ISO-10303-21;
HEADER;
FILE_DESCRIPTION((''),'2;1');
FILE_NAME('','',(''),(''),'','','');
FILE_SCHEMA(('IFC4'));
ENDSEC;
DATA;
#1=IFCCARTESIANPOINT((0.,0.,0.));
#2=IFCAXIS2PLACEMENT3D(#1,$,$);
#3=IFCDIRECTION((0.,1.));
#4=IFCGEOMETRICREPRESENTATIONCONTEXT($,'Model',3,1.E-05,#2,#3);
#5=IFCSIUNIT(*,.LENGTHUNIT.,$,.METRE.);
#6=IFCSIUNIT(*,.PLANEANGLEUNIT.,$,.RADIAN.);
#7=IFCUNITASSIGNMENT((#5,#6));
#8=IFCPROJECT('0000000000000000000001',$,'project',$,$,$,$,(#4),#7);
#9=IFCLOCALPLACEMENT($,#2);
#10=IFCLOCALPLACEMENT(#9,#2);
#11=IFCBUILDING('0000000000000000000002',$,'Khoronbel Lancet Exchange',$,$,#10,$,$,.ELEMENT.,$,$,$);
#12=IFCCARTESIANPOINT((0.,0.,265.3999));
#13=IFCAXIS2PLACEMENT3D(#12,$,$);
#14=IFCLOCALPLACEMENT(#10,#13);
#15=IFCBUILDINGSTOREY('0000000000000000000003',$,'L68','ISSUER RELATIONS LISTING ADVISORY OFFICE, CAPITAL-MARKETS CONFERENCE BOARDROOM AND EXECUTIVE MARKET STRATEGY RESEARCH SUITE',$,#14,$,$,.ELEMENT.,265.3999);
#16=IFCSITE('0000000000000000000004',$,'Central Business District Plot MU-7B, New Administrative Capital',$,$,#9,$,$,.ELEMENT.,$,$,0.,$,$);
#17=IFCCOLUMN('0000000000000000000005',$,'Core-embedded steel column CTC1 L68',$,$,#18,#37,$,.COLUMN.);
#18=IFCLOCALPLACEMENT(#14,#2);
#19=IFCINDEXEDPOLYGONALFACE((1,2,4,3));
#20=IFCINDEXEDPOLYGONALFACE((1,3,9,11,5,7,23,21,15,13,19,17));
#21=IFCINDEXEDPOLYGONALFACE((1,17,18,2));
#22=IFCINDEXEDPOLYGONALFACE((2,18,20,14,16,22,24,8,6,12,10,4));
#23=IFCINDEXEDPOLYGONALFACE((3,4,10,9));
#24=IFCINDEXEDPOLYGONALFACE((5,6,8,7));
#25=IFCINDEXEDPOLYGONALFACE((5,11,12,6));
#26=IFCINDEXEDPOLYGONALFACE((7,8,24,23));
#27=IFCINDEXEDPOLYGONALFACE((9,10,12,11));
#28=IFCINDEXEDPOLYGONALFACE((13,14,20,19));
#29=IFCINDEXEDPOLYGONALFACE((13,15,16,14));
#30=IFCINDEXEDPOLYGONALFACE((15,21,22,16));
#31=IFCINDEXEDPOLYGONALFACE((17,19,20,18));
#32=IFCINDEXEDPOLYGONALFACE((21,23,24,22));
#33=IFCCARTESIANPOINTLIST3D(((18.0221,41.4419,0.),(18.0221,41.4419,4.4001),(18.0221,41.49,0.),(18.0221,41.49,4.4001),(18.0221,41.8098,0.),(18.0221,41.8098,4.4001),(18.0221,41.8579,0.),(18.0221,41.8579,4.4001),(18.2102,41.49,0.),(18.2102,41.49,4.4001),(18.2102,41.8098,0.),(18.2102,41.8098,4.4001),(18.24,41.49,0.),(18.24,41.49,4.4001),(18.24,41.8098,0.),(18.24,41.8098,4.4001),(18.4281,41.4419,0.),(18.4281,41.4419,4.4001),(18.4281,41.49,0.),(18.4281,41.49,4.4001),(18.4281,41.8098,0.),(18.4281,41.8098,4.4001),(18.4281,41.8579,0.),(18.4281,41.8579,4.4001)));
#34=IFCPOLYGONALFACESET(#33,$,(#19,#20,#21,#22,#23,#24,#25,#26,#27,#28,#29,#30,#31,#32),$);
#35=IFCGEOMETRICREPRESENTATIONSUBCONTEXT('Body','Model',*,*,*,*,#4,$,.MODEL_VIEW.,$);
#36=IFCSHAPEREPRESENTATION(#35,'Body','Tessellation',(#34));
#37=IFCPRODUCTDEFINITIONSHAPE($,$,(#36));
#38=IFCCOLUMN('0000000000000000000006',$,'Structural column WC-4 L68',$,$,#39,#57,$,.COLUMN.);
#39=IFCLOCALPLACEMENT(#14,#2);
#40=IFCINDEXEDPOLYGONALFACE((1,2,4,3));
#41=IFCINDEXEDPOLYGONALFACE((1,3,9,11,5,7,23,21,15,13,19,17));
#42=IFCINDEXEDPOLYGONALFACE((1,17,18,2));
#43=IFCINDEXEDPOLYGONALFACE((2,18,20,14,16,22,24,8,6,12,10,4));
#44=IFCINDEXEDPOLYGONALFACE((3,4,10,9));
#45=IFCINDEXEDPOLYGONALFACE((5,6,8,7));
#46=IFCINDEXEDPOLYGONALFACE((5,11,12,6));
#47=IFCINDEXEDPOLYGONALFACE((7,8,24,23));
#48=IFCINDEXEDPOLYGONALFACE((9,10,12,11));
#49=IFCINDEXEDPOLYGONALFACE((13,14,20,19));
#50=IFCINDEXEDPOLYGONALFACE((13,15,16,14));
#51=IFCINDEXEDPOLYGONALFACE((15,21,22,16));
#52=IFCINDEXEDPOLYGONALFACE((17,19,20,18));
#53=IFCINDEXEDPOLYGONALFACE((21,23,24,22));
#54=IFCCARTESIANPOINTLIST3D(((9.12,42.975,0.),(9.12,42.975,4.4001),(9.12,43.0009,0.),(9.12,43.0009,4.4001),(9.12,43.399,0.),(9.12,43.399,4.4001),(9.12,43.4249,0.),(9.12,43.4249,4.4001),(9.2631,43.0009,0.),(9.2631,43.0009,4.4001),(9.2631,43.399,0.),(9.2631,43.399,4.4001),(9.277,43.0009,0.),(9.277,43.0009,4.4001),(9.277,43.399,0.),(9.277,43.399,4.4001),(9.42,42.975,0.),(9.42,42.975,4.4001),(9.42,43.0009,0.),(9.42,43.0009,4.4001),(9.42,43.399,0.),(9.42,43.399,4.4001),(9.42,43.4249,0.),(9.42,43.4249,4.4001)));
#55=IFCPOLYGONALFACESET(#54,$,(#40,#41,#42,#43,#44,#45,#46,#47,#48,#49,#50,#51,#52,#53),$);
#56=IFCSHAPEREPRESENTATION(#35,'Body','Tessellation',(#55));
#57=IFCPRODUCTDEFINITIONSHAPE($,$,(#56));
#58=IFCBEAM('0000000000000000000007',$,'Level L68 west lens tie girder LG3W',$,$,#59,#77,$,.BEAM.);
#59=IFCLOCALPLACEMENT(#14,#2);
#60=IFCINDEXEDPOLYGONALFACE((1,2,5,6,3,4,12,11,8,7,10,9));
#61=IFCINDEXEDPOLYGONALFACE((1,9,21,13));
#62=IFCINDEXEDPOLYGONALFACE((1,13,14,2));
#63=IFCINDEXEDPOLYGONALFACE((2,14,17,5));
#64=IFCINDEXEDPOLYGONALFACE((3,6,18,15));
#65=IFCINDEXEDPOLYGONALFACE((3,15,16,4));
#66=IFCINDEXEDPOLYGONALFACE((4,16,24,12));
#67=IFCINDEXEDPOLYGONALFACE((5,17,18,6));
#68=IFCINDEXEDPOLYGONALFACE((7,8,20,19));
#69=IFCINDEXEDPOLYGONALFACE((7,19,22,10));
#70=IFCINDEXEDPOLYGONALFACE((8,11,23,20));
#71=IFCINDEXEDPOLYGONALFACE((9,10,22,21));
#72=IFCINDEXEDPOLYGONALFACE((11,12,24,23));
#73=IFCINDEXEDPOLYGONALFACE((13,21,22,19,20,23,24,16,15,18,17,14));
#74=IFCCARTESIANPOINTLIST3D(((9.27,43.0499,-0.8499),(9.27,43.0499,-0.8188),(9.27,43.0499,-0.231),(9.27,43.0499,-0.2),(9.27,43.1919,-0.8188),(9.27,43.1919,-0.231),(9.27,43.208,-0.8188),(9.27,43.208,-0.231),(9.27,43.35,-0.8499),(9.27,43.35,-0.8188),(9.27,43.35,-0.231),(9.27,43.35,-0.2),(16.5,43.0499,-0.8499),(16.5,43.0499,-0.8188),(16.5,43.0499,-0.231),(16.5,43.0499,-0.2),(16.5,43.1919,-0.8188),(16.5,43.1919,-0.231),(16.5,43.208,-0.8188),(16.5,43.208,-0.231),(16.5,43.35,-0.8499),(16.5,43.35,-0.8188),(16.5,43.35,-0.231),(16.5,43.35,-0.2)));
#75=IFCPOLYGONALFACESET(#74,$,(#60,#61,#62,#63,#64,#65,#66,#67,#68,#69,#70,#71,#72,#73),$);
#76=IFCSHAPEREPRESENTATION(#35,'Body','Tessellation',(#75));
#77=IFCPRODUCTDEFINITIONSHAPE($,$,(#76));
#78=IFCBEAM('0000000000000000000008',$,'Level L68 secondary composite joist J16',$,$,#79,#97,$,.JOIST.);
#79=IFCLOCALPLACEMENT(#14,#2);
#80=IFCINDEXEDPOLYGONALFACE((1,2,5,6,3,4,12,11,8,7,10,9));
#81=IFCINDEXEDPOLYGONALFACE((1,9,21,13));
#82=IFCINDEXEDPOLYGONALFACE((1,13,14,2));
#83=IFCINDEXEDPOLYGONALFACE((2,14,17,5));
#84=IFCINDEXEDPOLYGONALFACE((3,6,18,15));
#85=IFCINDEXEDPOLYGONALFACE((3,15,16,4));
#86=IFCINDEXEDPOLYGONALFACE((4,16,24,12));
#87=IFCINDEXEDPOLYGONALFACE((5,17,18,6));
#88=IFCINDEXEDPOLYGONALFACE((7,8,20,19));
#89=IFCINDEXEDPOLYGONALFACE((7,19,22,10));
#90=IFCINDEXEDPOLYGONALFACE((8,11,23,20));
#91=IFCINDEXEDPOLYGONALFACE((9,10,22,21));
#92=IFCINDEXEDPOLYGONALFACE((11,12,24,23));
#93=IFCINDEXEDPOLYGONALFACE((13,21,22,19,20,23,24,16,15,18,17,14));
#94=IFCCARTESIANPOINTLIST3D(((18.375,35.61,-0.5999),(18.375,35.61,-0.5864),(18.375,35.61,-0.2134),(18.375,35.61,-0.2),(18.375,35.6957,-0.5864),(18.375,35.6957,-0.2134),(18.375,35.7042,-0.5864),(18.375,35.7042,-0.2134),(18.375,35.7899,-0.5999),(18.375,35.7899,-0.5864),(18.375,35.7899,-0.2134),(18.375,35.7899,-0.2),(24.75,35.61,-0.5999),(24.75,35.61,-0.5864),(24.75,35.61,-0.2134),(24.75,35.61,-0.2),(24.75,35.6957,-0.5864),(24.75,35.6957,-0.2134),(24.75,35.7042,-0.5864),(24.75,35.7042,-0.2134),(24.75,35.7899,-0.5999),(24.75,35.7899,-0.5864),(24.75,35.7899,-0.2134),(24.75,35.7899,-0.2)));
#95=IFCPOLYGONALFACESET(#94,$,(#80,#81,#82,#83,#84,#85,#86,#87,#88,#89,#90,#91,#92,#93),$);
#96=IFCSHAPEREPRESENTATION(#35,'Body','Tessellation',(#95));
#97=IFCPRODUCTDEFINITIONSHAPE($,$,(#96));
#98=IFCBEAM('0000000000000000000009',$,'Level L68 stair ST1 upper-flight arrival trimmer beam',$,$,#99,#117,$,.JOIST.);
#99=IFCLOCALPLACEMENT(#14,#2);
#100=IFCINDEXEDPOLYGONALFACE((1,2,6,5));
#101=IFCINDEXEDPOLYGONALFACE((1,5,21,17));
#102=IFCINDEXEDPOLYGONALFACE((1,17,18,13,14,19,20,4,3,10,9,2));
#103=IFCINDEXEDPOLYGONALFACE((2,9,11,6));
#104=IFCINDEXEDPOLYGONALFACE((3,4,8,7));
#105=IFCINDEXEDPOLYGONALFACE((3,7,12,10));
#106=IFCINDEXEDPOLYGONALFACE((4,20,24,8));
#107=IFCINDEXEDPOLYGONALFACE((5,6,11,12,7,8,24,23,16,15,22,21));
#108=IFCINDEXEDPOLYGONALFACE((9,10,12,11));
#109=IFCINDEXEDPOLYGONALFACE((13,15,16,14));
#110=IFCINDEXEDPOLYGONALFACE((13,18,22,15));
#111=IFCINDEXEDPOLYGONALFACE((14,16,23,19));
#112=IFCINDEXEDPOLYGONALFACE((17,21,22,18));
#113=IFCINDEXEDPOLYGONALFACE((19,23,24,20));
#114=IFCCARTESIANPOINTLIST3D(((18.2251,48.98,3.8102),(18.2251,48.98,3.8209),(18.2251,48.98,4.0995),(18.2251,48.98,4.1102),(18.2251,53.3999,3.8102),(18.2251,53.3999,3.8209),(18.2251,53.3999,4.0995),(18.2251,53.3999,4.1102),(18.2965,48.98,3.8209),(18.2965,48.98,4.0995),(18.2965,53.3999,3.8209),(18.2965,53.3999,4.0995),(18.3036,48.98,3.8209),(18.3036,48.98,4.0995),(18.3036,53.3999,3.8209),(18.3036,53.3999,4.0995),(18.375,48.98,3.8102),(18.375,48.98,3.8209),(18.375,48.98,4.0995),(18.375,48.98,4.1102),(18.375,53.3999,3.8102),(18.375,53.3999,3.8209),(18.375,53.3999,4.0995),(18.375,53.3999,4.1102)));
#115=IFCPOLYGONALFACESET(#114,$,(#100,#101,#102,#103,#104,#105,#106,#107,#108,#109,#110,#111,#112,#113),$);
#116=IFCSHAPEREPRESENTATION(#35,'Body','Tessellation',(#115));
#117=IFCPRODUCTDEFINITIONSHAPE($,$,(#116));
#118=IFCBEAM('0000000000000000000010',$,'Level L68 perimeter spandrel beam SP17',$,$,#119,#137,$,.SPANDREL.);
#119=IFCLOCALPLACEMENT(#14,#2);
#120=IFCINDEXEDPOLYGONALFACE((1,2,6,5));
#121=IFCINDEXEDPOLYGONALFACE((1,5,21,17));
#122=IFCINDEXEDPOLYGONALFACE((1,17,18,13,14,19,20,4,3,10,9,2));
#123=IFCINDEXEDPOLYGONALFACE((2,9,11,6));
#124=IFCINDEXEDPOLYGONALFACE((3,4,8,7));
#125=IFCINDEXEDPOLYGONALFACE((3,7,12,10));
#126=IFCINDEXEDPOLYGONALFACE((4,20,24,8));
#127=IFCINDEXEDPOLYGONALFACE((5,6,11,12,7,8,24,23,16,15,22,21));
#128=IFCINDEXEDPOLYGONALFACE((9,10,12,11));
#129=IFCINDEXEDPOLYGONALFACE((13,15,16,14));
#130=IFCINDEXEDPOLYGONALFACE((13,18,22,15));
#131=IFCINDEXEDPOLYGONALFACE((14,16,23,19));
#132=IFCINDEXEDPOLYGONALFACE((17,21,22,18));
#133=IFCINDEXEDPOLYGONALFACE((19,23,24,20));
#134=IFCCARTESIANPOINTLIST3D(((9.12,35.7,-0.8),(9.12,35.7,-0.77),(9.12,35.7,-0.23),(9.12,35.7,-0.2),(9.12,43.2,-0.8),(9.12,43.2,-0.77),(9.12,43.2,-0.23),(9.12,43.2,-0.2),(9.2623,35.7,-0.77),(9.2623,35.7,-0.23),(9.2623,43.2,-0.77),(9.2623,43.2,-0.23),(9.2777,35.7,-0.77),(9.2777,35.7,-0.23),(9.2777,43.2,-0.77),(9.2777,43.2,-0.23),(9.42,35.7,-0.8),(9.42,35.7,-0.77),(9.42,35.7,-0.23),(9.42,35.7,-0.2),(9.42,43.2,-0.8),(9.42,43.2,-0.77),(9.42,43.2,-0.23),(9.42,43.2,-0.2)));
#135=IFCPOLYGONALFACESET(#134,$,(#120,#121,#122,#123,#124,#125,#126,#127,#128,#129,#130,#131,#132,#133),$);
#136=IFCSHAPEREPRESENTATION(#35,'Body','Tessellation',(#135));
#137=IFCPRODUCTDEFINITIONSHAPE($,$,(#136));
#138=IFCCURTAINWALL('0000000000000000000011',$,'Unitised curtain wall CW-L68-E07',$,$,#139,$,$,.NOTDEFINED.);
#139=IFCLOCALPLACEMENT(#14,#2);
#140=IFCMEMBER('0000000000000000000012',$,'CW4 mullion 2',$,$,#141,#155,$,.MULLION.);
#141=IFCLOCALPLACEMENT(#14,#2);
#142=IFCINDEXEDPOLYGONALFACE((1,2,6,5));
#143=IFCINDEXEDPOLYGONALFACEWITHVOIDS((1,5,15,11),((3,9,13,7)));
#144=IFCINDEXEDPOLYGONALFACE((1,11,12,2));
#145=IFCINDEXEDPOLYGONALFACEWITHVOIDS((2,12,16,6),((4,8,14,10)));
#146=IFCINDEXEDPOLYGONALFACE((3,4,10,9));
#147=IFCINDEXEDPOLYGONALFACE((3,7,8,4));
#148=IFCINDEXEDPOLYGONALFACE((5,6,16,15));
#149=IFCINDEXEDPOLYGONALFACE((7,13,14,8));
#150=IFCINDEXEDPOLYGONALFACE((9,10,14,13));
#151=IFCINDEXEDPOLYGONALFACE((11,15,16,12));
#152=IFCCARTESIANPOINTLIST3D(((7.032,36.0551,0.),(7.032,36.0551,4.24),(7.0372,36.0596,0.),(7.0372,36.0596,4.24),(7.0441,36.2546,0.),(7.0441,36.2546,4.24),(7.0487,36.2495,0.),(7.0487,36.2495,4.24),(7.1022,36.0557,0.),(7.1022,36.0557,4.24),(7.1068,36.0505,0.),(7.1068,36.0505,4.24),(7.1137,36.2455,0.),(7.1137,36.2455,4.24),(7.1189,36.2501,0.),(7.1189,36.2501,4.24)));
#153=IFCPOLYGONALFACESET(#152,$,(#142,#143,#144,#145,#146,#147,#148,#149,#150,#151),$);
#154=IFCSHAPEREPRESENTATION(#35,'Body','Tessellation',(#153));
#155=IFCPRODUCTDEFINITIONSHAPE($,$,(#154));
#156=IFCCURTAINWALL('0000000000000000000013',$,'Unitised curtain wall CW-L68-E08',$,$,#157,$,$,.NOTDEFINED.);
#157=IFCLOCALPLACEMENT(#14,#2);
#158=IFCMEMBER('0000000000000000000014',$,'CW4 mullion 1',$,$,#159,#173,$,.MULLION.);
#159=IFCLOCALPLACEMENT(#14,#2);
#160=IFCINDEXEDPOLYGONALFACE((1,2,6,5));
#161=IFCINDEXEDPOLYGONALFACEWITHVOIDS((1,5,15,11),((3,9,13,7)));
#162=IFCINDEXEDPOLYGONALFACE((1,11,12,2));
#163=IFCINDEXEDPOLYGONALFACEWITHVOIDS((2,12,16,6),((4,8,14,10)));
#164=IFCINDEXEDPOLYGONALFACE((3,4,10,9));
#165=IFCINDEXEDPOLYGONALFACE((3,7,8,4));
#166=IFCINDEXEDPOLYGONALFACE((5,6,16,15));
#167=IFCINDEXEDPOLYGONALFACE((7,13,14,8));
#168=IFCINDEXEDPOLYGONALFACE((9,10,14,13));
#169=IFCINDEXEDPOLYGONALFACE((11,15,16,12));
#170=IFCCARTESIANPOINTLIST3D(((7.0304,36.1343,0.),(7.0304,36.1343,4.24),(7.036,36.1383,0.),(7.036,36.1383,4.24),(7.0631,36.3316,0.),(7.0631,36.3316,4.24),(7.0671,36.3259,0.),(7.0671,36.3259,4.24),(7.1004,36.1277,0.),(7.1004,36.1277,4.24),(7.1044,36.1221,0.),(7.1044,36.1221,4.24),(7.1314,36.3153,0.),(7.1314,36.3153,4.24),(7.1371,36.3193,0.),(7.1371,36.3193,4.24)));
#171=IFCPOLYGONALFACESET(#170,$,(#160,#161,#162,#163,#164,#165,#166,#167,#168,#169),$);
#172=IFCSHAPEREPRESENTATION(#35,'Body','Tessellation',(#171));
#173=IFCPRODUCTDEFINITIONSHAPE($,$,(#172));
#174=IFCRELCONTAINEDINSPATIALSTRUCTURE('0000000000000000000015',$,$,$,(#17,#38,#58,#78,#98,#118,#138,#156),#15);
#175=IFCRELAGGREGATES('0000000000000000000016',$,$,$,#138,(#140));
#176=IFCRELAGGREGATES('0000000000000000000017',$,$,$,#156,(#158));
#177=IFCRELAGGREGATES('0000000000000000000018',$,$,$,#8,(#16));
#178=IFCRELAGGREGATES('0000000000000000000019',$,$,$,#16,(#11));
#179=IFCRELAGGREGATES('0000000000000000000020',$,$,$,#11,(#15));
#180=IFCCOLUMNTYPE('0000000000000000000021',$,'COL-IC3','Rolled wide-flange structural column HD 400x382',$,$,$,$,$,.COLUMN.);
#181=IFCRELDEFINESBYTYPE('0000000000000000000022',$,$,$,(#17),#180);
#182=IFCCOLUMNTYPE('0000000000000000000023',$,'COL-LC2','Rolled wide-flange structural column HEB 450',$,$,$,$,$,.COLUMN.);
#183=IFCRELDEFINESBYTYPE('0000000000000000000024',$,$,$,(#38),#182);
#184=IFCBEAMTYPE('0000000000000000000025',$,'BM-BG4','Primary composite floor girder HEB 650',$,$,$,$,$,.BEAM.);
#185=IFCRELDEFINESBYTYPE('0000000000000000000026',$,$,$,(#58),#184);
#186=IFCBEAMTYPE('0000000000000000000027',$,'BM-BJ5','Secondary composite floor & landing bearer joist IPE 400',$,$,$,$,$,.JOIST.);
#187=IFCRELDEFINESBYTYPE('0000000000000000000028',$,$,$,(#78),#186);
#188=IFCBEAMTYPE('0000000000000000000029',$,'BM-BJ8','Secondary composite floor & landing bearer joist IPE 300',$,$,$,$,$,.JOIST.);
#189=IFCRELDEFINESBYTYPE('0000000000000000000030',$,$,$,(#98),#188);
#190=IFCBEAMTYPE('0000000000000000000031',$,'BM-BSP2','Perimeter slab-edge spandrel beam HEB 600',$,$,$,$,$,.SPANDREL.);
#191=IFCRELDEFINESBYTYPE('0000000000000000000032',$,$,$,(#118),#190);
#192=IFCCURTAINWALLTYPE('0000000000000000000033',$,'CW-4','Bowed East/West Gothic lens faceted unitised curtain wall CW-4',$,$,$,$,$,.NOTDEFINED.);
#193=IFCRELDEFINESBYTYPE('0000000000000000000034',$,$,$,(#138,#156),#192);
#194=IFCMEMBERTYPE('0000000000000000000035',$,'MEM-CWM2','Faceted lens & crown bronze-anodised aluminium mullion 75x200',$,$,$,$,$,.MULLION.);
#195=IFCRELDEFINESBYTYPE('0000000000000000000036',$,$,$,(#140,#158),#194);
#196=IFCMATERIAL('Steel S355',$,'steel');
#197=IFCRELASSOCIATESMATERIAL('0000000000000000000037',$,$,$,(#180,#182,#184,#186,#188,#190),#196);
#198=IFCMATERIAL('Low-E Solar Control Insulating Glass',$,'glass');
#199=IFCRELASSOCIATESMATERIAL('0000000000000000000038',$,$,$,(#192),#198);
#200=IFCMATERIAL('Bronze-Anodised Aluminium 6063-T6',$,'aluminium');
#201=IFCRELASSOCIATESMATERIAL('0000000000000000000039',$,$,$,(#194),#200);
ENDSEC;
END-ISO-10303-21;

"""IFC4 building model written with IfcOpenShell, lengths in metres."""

from ifc_helpers import new_model, si_unit, direction, frame, origin, origin_2d, place, context, subcontext, project, spatial, hollow_rectangle, i_section, extrude, material, material_profile, profile_set, type_object, element, aggregate, save


model = new_model("IFC4")

# Units and contexts
model_context = context("Model", 3, precision=1e-05, world=origin(), true_north=direction((0.0, 1.0)))
body_context = subcontext(model_context, "Body", "Model", "MODEL_VIEW")
ifc_project = project(units=[si_unit("LENGTHUNIT", "METRE"), si_unit("PLANEANGLEUNIT", "RADIAN")], contexts=[model_context])

# Site, building, storey
site_placement = place(None, origin())
site = spatial("IfcSite", under=ifc_project, at=site_placement, Name="Central Business District Plot MU-7B, New Administrative Capital", CompositionType="ELEMENT", RefElevation=0.0)
building_placement = place(site_placement, origin())
building = spatial("IfcBuilding", under=site, at=building_placement, Name="Khoronbel Lancet Exchange", CompositionType="ELEMENT")
storey_placement = place(building_placement, frame((0.0, 0.0, 265.3999)))
storey = spatial("IfcBuildingStorey", under=building, at=storey_placement, Name="L68", Description="ISSUER RELATIONS LISTING ADVISORY OFFICE, CAPITAL-MARKETS CONFERENCE BOARDROOM AND EXECUTIVE MARKET STRATEGY RESEARCH SUITE", CompositionType="ELEMENT", Elevation=265.3999)

# Columns
ifc_material_1 = material(Name="Steel S355", Category="steel")
ifc_material_profile_1 = material_profile(ifc_material_1, i_section(OverallWidth=0.406, OverallDepth=0.416, WebThickness=0.0298, FlangeThickness=0.0481, at=origin_2d()), Name="HD 400x382")
ifc_profile_set_1 = profile_set([ifc_material_profile_1], Name="Steel S355")
column_type_1 = type_object("IfcColumnType", Name="COL-IC3", Description="Rolled wide-flange structural column HD 400x382", PredefinedType="COLUMN", material=ifc_profile_set_1)
column_1_placement = place(storey_placement, frame((18.2251, 41.6499, 0.0), z_axis=(0.0, 0.0, 1.0), x_axis=(1.0, 0.0, 0.0)))
element("IfcColumn", 1, at=column_1_placement, inside=storey, type_object=column_type_1, Name="Core-embedded steel column CTC1 L68", PredefinedType="COLUMN", context=body_context, shape_type="SweptSolid", body=[
    extrude(i_section(OverallWidth=0.406, OverallDepth=0.416, WebThickness=0.0298, FlangeThickness=0.0481, at=origin_2d()), origin(), (0.0, 0.0, 1.0), 4.4001),
])
ifc_material_profile_2 = material_profile(ifc_material_1, i_section(OverallWidth=0.3, OverallDepth=0.45, WebThickness=0.0139, FlangeThickness=0.0259, at=origin_2d()), Name="HEB 450")
ifc_profile_set_2 = profile_set([ifc_material_profile_2], Name="Steel S355")
column_type_2 = type_object("IfcColumnType", Name="COL-LC2", Description="Rolled wide-flange structural column HEB 450", PredefinedType="COLUMN", material=ifc_profile_set_2)
column_2_placement = place(storey_placement, frame((9.27, 43.2, 0.0), z_axis=(0.0, 0.0, 1.0), x_axis=(1.0, 0.0, 0.0)))
element("IfcColumn", 2, at=column_2_placement, inside=storey, type_object=column_type_2, Name="Structural column WC-4 L68", PredefinedType="COLUMN", context=body_context, shape_type="SweptSolid", body=[
    extrude(i_section(OverallWidth=0.3, OverallDepth=0.45, WebThickness=0.0139, FlangeThickness=0.0259, at=origin_2d()), origin(), (0.0, 0.0, 1.0), 4.4001),
])

# Beams
ifc_material_profile_3 = material_profile(ifc_material_1, i_section(OverallWidth=0.3, OverallDepth=0.6499, WebThickness=0.0161, FlangeThickness=0.031, at=origin_2d()), Name="HEB 650")
ifc_profile_set_3 = profile_set([ifc_material_profile_3], Name="Steel S355")
beam_type_1 = type_object("IfcBeamType", Name="BM-BG4", Description="Primary composite floor girder HEB 650", PredefinedType="BEAM", material=ifc_profile_set_3)
beam_1_placement = place(storey_placement, frame((9.27, 43.2, -0.5249), z_axis=(1.0, 0.0, 0.0), x_axis=(0.0, 1.0, 0.0)))
element("IfcBeam", 3, at=beam_1_placement, inside=storey, type_object=beam_type_1, Name="Level L68 west lens tie girder LG3W", PredefinedType="BEAM", context=body_context, shape_type="SweptSolid", body=[
    extrude(i_section(OverallWidth=0.3, OverallDepth=0.6499, WebThickness=0.0161, FlangeThickness=0.031, at=origin_2d()), origin(), (0.0, 0.0, 1.0), 7.23),
])
ifc_material_profile_4 = material_profile(ifc_material_1, i_section(OverallWidth=0.1799, OverallDepth=0.3999, WebThickness=0.0085, FlangeThickness=0.0134, at=origin_2d()), Name="IPE 400")
ifc_profile_set_4 = profile_set([ifc_material_profile_4], Name="Steel S355")
beam_type_2 = type_object("IfcBeamType", Name="BM-BJ5", Description="Secondary composite floor & landing bearer joist IPE 400", PredefinedType="JOIST", material=ifc_profile_set_4)
beam_2_placement = place(storey_placement, frame((18.375, 35.7, -0.3999), z_axis=(1.0, 0.0, 0.0), x_axis=(0.0, 1.0, 0.0)))
element("IfcBeam", 4, at=beam_2_placement, inside=storey, type_object=beam_type_2, Name="Level L68 secondary composite joist J16", PredefinedType="JOIST", context=body_context, shape_type="SweptSolid", body=[
    extrude(i_section(OverallWidth=0.1799, OverallDepth=0.3999, WebThickness=0.0085, FlangeThickness=0.0134, at=origin_2d()), origin(), (0.0, 0.0, 1.0), 6.375),
])
ifc_material_profile_5 = material_profile(ifc_material_1, i_section(OverallWidth=0.1499, OverallDepth=0.3, WebThickness=0.0071, FlangeThickness=0.0107, at=origin_2d()), Name="IPE 300")
ifc_profile_set_5 = profile_set([ifc_material_profile_5], Name="Steel S355")
beam_type_3 = type_object("IfcBeamType", Name="BM-BJ8", Description="Secondary composite floor & landing bearer joist IPE 300", PredefinedType="JOIST", material=ifc_profile_set_5)
beam_3_placement = place(storey_placement, frame((18.3, 48.98, 3.9602), z_axis=(0.0, 1.0, 0.0), x_axis=(-1.0, 0.0, 0.0)))
element("IfcBeam", 5, at=beam_3_placement, inside=storey, type_object=beam_type_3, Name="Level L68 stair ST1 upper-flight arrival trimmer beam", PredefinedType="JOIST", context=body_context, shape_type="SweptSolid", body=[
    extrude(i_section(OverallWidth=0.1499, OverallDepth=0.3, WebThickness=0.0071, FlangeThickness=0.0107, at=origin_2d()), origin(), (0.0, 0.0, 1.0), 4.4199),
])
ifc_material_profile_6 = material_profile(ifc_material_1, i_section(OverallWidth=0.3, OverallDepth=0.6001, WebThickness=0.0154, FlangeThickness=0.03, at=origin_2d()), Name="HEB 600")
ifc_profile_set_6 = profile_set([ifc_material_profile_6], Name="Steel S355")
beam_type_4 = type_object("IfcBeamType", Name="BM-BSP2", Description="Perimeter slab-edge spandrel beam HEB 600", PredefinedType="SPANDREL", material=ifc_profile_set_6)
beam_4_placement = place(storey_placement, frame((9.27, 43.2, -0.5), z_axis=(0.0, -1.0, 0.0), x_axis=(1.0, 0.0, 0.0)))
element("IfcBeam", 6, at=beam_4_placement, inside=storey, type_object=beam_type_4, Name="Level L68 perimeter spandrel beam SP17", PredefinedType="SPANDREL", context=body_context, shape_type="SweptSolid", body=[
    extrude(i_section(OverallWidth=0.3, OverallDepth=0.6001, WebThickness=0.0154, FlangeThickness=0.03, at=origin_2d()), origin(), (0.0, 0.0, 1.0), 7.5),
])

# Curtain wall, member
ifc_material_2 = material(Name="Low-E Solar Control Insulating Glass", Category="glass")
curtain_wall_type = type_object("IfcCurtainWallType", Name="CW-4", Description="Bowed East/West Gothic lens faceted unitised curtain wall CW-4", PredefinedType="NOTDEFINED", material=ifc_material_2)
curtain_wall_1_placement = place(storey_placement, origin())
curtain_wall_1 = element("IfcCurtainWall", 7, at=curtain_wall_1_placement, inside=storey, type_object=curtain_wall_type, Name="Unitised curtain wall CW-L68-E07", PredefinedType="NOTDEFINED")
ifc_material_3 = material(Name="Bronze-Anodised Aluminium 6063-T6", Category="aluminium")
ifc_material_profile_7 = material_profile(ifc_material_3, hollow_rectangle(XDim=0.075, YDim=0.2, WallThickness=0.0049, at=origin_2d()), Name="ALU MULLION 75x200")
ifc_profile_set_7 = profile_set([ifc_material_profile_7], Name="Bronze-Anodised Aluminium 6063-T6")
member_type_1 = type_object("IfcMemberType", Name="MEM-CWM2", Description="Faceted lens & crown bronze-anodised aluminium mullion 75x200", PredefinedType="MULLION", material=ifc_profile_set_7)
member_1_placement = place(storey_placement, frame((7.0754, 36.1526, 0.0), z_axis=(0.0, 0.0, 1.0), x_axis=(-0.998167, 0.060523, 0.0)))
member_1 = element("IfcMember", 8, at=member_1_placement, type_object=member_type_1, Name="CW4 mullion 2", PredefinedType="MULLION", context=body_context, shape_type="SweptSolid", body=[
    extrude(hollow_rectangle(XDim=0.075, YDim=0.2, WallThickness=0.0049, at=origin_2d()), origin(), (0.0, 0.0, 1.0), 4.24),
])
aggregate(curtain_wall_1, [member_1])

# Curtain wall, member
curtain_wall_2_placement = place(storey_placement, origin())
curtain_wall_2 = element("IfcCurtainWall", 9, at=curtain_wall_2_placement, inside=storey, type_object=curtain_wall_type, Name="Unitised curtain wall CW-L68-E08", PredefinedType="NOTDEFINED")
member_2_placement = place(storey_placement, frame((7.0837, 36.2268, 0.0), z_axis=(0.0, 0.0, 1.0), x_axis=(-0.986551, 0.163454, 0.0)))
member_2 = element("IfcMember", 10, at=member_2_placement, type_object=member_type_1, Name="CW4 mullion 1", PredefinedType="MULLION", context=body_context, shape_type="SweptSolid", body=[
    extrude(hollow_rectangle(XDim=0.075, YDim=0.2, WallThickness=0.0049, at=origin_2d()), origin(), (0.0, 0.0, 1.0), 4.24),
])

aggregate(curtain_wall_2, [member_2])

save(model, "model.ifc")
